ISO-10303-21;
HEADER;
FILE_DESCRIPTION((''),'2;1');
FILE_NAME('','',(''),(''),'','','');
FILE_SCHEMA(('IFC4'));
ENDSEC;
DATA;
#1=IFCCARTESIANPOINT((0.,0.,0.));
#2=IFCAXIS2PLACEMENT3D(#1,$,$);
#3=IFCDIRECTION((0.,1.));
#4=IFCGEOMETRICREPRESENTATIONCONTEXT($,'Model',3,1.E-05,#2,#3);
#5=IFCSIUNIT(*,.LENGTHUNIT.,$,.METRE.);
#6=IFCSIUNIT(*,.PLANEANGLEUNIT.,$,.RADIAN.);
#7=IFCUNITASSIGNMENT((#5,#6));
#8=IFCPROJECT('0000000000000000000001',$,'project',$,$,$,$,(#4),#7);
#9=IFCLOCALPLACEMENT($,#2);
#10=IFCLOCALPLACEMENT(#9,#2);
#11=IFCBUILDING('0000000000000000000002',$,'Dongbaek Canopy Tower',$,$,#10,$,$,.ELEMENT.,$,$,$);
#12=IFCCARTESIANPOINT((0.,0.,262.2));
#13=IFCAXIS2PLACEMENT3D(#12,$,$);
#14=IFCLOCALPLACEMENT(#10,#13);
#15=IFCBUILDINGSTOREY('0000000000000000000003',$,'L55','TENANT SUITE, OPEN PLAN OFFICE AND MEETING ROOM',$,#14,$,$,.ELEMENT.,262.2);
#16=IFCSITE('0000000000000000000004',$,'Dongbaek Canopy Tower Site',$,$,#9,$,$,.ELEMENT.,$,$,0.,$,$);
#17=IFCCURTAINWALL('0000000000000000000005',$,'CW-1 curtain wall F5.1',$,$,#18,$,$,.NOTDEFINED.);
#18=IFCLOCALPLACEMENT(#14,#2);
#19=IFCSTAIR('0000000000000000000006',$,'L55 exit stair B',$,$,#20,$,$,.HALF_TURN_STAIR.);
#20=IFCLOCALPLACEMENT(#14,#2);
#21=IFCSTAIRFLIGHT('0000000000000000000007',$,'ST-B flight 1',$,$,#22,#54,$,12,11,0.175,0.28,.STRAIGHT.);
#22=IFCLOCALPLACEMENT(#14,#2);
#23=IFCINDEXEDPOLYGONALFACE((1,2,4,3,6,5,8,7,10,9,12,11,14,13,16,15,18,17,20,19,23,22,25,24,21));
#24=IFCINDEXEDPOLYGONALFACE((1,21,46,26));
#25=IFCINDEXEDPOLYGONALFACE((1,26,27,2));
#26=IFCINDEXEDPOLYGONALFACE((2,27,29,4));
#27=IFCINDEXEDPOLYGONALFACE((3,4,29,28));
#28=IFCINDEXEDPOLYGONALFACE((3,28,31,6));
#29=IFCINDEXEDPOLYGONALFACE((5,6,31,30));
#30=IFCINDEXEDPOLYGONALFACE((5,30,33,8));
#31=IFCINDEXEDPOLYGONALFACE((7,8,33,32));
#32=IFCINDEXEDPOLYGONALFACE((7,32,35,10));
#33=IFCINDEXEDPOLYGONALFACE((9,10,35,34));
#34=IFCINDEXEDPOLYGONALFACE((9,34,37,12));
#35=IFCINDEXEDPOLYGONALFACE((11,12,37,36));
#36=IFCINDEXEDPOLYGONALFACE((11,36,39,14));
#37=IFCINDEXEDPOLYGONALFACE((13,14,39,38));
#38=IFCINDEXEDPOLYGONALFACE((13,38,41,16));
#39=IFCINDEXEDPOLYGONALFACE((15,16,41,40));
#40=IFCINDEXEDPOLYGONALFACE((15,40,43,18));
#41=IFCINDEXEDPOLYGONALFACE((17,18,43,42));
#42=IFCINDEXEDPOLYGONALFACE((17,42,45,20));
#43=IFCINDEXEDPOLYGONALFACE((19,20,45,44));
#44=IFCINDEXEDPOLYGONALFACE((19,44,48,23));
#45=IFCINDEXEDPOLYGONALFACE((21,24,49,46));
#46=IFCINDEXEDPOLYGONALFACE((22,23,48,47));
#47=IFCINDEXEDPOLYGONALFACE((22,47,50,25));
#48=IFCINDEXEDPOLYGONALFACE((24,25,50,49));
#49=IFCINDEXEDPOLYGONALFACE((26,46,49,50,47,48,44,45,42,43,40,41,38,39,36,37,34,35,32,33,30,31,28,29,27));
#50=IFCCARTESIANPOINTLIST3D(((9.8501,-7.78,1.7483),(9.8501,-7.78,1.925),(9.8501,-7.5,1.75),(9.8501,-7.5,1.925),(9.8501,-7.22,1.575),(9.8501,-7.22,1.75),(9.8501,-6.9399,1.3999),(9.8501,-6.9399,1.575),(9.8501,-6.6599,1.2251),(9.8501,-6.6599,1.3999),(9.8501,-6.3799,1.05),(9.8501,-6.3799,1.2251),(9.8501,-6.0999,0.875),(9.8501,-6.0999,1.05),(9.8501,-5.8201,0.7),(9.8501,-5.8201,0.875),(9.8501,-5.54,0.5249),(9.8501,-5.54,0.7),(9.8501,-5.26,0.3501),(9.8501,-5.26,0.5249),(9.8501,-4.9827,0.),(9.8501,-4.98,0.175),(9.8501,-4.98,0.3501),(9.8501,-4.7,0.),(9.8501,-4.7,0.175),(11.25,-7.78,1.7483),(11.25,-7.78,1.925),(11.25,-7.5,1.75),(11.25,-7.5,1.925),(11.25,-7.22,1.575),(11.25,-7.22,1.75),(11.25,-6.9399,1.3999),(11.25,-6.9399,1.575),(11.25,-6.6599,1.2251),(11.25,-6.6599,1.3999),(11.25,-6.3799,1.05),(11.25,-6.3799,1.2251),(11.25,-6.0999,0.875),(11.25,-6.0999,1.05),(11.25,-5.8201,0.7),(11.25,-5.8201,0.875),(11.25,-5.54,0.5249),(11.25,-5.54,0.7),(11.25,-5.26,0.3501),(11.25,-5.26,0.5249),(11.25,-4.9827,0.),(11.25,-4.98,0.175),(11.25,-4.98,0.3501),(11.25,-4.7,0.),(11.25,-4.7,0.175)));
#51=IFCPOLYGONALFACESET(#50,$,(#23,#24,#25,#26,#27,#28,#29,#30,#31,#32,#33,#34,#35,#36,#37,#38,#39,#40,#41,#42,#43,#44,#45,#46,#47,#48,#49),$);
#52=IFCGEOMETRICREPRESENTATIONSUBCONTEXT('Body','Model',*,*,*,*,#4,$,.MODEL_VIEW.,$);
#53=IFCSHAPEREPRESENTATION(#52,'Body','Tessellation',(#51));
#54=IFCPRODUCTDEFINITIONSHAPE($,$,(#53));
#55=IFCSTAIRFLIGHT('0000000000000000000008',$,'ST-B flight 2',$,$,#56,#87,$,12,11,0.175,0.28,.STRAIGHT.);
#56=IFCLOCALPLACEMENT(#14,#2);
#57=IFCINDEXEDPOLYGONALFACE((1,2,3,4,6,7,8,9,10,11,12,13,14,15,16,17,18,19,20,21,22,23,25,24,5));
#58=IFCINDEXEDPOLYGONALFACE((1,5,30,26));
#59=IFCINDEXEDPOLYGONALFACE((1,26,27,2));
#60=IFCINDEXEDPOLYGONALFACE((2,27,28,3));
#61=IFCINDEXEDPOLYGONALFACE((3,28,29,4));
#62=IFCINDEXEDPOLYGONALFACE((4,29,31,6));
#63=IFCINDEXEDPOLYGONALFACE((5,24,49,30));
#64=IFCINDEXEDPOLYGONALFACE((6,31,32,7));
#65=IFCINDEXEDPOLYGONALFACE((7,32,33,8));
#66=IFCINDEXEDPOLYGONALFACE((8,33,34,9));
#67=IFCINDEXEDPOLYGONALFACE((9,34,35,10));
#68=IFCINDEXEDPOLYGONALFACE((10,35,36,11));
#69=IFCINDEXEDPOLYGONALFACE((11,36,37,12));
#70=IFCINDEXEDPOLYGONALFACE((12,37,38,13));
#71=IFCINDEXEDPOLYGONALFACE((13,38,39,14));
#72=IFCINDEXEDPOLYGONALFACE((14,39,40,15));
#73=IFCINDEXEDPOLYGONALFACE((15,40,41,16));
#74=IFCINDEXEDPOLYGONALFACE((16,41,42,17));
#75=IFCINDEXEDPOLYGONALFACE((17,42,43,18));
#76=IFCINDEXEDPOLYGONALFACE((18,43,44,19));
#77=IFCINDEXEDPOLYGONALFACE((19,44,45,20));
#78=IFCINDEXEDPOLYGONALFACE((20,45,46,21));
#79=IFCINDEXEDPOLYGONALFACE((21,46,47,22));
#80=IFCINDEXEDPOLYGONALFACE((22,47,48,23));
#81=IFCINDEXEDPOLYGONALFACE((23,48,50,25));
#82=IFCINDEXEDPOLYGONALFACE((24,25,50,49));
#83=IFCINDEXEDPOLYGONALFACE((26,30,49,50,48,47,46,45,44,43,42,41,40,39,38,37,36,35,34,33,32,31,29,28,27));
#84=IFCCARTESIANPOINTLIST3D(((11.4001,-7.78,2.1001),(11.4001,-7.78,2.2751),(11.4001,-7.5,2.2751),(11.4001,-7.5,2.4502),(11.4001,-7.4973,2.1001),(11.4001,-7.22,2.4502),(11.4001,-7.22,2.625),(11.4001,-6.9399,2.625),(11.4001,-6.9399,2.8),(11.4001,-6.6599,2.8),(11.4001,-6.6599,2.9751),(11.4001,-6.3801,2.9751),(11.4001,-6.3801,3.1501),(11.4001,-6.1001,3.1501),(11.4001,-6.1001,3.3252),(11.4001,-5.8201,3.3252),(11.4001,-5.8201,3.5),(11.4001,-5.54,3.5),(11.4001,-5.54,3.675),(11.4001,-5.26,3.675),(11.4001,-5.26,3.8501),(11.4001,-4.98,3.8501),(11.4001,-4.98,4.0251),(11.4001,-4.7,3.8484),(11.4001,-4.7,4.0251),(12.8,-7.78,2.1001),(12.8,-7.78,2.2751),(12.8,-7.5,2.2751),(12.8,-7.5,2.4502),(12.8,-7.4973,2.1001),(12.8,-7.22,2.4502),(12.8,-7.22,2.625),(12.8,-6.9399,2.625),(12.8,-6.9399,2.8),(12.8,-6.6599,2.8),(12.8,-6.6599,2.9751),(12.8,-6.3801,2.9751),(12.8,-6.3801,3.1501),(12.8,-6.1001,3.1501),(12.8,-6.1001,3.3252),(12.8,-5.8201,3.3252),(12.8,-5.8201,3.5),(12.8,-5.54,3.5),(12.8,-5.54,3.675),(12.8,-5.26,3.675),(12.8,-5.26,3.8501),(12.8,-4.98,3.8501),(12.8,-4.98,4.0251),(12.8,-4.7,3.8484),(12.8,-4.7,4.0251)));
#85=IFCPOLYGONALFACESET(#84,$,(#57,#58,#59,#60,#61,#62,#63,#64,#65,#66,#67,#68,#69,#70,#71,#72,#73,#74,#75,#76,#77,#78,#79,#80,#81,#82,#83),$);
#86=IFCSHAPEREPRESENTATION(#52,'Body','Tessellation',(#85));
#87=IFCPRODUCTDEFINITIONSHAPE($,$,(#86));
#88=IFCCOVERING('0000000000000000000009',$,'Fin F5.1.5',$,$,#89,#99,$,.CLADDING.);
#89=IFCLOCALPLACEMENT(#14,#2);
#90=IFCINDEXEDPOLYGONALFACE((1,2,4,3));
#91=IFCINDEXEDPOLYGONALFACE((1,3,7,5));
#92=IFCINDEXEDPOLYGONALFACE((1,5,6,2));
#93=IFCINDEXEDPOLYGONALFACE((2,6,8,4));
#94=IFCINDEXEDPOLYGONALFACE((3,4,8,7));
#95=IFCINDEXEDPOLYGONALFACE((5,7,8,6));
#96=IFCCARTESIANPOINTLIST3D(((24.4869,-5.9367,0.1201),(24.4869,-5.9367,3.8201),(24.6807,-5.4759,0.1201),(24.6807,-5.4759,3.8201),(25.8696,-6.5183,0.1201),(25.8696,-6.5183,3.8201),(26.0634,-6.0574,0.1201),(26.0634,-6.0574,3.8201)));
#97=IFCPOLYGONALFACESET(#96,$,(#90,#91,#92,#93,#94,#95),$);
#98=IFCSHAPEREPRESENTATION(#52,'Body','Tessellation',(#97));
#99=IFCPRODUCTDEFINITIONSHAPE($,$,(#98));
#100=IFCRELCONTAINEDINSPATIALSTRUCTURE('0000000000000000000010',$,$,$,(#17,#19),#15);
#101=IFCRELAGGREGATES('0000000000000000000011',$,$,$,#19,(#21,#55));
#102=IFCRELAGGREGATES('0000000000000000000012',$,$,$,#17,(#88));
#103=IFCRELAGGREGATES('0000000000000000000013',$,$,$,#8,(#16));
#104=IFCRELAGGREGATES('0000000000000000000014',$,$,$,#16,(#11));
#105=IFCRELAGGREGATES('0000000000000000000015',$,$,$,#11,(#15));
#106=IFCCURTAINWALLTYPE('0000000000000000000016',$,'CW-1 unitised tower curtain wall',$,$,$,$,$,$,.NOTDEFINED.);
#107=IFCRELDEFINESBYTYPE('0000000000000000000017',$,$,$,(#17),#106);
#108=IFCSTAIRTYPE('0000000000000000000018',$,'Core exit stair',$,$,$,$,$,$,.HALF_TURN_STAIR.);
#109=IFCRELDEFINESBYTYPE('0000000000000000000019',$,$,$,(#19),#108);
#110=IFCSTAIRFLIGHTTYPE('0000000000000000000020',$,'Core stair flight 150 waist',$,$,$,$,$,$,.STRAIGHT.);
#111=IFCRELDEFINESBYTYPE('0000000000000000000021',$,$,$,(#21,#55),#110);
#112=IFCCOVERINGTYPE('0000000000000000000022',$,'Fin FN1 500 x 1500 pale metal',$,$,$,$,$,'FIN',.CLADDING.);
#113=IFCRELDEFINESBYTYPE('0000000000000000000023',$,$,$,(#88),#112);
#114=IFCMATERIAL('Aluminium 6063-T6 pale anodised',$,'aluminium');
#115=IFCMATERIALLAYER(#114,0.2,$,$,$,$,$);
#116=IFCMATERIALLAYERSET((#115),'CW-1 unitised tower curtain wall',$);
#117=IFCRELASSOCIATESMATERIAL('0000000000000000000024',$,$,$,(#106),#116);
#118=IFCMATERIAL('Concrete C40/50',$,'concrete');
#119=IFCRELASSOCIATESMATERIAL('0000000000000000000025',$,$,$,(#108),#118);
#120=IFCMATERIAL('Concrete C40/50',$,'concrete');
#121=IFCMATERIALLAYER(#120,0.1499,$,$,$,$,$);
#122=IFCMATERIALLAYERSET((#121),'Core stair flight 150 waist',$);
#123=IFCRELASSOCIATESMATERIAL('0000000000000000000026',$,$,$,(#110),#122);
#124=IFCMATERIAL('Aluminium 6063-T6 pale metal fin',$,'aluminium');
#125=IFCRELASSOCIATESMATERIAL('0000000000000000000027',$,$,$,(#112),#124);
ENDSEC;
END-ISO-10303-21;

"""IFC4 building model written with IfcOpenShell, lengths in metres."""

from ifc_helpers import new_model, si_unit, direction, frame, origin, origin_2d, place, context, subcontext, project, spatial, polyline, rectangle, outline, extrude, material, layer, layer_set, material_profile, profile_set, type_object, element, aggregate, save


model = new_model("IFC4")

# Units and contexts
model_context = context("Model", 3, precision=1e-05, world=origin(), true_north=direction((0.0, 1.0)))
body_context = subcontext(model_context, "Body", "Model", "MODEL_VIEW")
ifc_project = project(units=[si_unit("LENGTHUNIT", "METRE"), si_unit("PLANEANGLEUNIT", "RADIAN")], contexts=[model_context])

# Site, building, storey
site_placement = place(None, origin())
site = spatial("IfcSite", under=ifc_project, at=site_placement, Name="Dongbaek Canopy Tower Site", CompositionType="ELEMENT", RefElevation=0.0)
building_placement = place(site_placement, origin())
building = spatial("IfcBuilding", under=site, at=building_placement, Name="Dongbaek Canopy Tower", CompositionType="ELEMENT")
storey_placement = place(building_placement, frame((0.0, 0.0, 262.2)))
storey = spatial("IfcBuildingStorey", under=building, at=storey_placement, Name="L55", Description="TENANT SUITE, OPEN PLAN OFFICE AND MEETING ROOM", CompositionType="ELEMENT", Elevation=262.2)

# Curtain wall
ifc_material_1 = material(Name="Aluminium 6063-T6 pale anodised", Category="aluminium")
ifc_layer_1 = layer(ifc_material_1, 0.2)
ifc_layer_set_1 = layer_set([ifc_layer_1], Name="CW-1 unitised tower curtain wall")
curtain_wall_type = type_object("IfcCurtainWallType", Name="CW-1 unitised tower curtain wall", PredefinedType="NOTDEFINED", material=ifc_layer_set_1)
curtain_wall_placement = place(storey_placement, origin())
curtain_wall = element("IfcCurtainWall", 1, at=curtain_wall_placement, inside=storey, type_object=curtain_wall_type, Name="CW-1 curtain wall F5.1", PredefinedType="NOTDEFINED")

# Stair, stair flights
ifc_material_2 = material(Name="Concrete C40/50", Category="concrete")
stair_type = type_object("IfcStairType", Name="Core exit stair", PredefinedType="HALF_TURN_STAIR", material=ifc_material_2)
stair_placement = place(storey_placement, origin())
stair = element("IfcStair", 2, at=stair_placement, inside=storey, type_object=stair_type, Name="L55 exit stair B", PredefinedType="HALF_TURN_STAIR")
ifc_material_3 = material(Name="Concrete C40/50", Category="concrete")
ifc_layer_2 = layer(ifc_material_3, 0.1499)
ifc_layer_set_2 = layer_set([ifc_layer_2], Name="Core stair flight 150 waist")
stair_flight_type = type_object("IfcStairFlightType", Name="Core stair flight 150 waist", PredefinedType="STRAIGHT", material=ifc_layer_set_2)
stair_flight_1_placement = place(storey_placement, frame((10.55, -4.7, 0.0), z_axis=(0.0, 0.0, 1.0), x_axis=(0.0, -1.0, 0.0)))
stair_flight_1 = element("IfcStairFlight", 3, at=stair_flight_1_placement, type_object=stair_flight_type, Name="ST-B flight 1", NumberOfRisers=12, NumberOfTreads=11, PredefinedType="STRAIGHT", RiserHeight=0.175, TreadLength=0.28, context=body_context, shape_type="SweptSolid", body=[
    extrude(outline(polyline([(0.0, 0.0), (0.0, 0.175), (0.28, 0.175), (0.28, 0.3501), (0.5601, 0.3501), (0.5601, 0.5249), (0.8401, 0.5249), (0.8401, 0.7), (1.1201, 0.7), (1.1201, 0.875), (1.3999, 0.875), (1.3999, 1.05), (1.6799, 1.05), (1.6799, 1.2251), (1.96, 1.2251), (1.96, 1.3999), (2.24, 1.3999), (2.24, 1.575), (2.52, 1.575), (2.52, 1.75), (2.8, 1.75), (2.8, 1.925), (3.0801, 1.925), (3.0801, 2.1001), (3.0801, 1.7483), (0.2827, 0.0), (0.0, 0.0)])), frame((0.0, 0.7, 0.0), z_axis=(0.0, -1.0, 0.0), x_axis=(1.0, 0.0, 0.0)), (0.0, 0.0, 1.0), 1.3999),
])
stair_flight_2_placement = place(storey_placement, frame((12.1001, -7.78, 2.1001), z_axis=(0.0, 0.0, 1.0), x_axis=(0.0, 1.0, 0.0)))
stair_flight_2 = element("IfcStairFlight", 4, at=stair_flight_2_placement, type_object=stair_flight_type, Name="ST-B flight 2", NumberOfRisers=12, NumberOfTreads=11, PredefinedType="STRAIGHT", RiserHeight=0.175, TreadLength=0.28, context=body_context, shape_type="SweptSolid", body=[
    extrude(outline(polyline([(0.0, 0.0), (0.0, 0.175), (0.28, 0.175), (0.28, 0.3501), (0.5601, 0.3501), (0.5601, 0.5249), (0.8401, 0.5249), (0.8401, 0.7), (1.1201, 0.7), (1.1201, 0.875), (1.3999, 0.875), (1.3999, 1.05), (1.6799, 1.05), (1.6799, 1.2251), (1.96, 1.2251), (1.96, 1.3999), (2.24, 1.3999), (2.24, 1.575), (2.52, 1.575), (2.52, 1.75), (2.8, 1.75), (2.8, 1.925), (3.0801, 1.925), (3.0801, 2.1001), (3.0801, 1.7483), (0.2827, 0.0), (0.0, 0.0)])), frame((0.0, 0.7, 0.0), z_axis=(0.0, -1.0, 0.0), x_axis=(1.0, 0.0, 0.0)), (0.0, 0.0, 1.0), 1.3999),
])
aggregate(stair, [stair_flight_1, stair_flight_2])

# Covering
ifc_material_4 = material(Name="Aluminium 6063-T6 pale metal fin", Category="aluminium")
ifc_material_profile_1 = material_profile(ifc_material_4, rectangle(XDim=1.5, YDim=0.5, at=origin_2d()), Name="Fin FN1 500 x 1500 pale metal")
ifc_profile_set_1 = profile_set([ifc_material_profile_1], Name="Aluminium 6063-T6 pale metal fin")
covering_type = type_object("IfcCoveringType", Name="Fin FN1 500 x 1500 pale metal", ElementType="FIN", PredefinedType="CLADDING", material=ifc_profile_set_1)
covering_placement = place(storey_placement, frame((25.2751, -5.9971, 0.1201), z_axis=(0.0, 0.0, 1.0), x_axis=(0.921787, -0.387696, 0.0)))
covering = element("IfcCovering", 5, at=covering_placement, type_object=covering_type, Name="Fin F5.1.5", PredefinedType="CLADDING", context=body_context, shape_type="SweptSolid", body=[
    extrude(rectangle(XDim=1.5, YDim=0.5, at=origin_2d()), origin(), (0.0, 0.0, 1.0), 3.7),
])
aggregate(curtain_wall, [covering])

save(model, "model.ifc")
